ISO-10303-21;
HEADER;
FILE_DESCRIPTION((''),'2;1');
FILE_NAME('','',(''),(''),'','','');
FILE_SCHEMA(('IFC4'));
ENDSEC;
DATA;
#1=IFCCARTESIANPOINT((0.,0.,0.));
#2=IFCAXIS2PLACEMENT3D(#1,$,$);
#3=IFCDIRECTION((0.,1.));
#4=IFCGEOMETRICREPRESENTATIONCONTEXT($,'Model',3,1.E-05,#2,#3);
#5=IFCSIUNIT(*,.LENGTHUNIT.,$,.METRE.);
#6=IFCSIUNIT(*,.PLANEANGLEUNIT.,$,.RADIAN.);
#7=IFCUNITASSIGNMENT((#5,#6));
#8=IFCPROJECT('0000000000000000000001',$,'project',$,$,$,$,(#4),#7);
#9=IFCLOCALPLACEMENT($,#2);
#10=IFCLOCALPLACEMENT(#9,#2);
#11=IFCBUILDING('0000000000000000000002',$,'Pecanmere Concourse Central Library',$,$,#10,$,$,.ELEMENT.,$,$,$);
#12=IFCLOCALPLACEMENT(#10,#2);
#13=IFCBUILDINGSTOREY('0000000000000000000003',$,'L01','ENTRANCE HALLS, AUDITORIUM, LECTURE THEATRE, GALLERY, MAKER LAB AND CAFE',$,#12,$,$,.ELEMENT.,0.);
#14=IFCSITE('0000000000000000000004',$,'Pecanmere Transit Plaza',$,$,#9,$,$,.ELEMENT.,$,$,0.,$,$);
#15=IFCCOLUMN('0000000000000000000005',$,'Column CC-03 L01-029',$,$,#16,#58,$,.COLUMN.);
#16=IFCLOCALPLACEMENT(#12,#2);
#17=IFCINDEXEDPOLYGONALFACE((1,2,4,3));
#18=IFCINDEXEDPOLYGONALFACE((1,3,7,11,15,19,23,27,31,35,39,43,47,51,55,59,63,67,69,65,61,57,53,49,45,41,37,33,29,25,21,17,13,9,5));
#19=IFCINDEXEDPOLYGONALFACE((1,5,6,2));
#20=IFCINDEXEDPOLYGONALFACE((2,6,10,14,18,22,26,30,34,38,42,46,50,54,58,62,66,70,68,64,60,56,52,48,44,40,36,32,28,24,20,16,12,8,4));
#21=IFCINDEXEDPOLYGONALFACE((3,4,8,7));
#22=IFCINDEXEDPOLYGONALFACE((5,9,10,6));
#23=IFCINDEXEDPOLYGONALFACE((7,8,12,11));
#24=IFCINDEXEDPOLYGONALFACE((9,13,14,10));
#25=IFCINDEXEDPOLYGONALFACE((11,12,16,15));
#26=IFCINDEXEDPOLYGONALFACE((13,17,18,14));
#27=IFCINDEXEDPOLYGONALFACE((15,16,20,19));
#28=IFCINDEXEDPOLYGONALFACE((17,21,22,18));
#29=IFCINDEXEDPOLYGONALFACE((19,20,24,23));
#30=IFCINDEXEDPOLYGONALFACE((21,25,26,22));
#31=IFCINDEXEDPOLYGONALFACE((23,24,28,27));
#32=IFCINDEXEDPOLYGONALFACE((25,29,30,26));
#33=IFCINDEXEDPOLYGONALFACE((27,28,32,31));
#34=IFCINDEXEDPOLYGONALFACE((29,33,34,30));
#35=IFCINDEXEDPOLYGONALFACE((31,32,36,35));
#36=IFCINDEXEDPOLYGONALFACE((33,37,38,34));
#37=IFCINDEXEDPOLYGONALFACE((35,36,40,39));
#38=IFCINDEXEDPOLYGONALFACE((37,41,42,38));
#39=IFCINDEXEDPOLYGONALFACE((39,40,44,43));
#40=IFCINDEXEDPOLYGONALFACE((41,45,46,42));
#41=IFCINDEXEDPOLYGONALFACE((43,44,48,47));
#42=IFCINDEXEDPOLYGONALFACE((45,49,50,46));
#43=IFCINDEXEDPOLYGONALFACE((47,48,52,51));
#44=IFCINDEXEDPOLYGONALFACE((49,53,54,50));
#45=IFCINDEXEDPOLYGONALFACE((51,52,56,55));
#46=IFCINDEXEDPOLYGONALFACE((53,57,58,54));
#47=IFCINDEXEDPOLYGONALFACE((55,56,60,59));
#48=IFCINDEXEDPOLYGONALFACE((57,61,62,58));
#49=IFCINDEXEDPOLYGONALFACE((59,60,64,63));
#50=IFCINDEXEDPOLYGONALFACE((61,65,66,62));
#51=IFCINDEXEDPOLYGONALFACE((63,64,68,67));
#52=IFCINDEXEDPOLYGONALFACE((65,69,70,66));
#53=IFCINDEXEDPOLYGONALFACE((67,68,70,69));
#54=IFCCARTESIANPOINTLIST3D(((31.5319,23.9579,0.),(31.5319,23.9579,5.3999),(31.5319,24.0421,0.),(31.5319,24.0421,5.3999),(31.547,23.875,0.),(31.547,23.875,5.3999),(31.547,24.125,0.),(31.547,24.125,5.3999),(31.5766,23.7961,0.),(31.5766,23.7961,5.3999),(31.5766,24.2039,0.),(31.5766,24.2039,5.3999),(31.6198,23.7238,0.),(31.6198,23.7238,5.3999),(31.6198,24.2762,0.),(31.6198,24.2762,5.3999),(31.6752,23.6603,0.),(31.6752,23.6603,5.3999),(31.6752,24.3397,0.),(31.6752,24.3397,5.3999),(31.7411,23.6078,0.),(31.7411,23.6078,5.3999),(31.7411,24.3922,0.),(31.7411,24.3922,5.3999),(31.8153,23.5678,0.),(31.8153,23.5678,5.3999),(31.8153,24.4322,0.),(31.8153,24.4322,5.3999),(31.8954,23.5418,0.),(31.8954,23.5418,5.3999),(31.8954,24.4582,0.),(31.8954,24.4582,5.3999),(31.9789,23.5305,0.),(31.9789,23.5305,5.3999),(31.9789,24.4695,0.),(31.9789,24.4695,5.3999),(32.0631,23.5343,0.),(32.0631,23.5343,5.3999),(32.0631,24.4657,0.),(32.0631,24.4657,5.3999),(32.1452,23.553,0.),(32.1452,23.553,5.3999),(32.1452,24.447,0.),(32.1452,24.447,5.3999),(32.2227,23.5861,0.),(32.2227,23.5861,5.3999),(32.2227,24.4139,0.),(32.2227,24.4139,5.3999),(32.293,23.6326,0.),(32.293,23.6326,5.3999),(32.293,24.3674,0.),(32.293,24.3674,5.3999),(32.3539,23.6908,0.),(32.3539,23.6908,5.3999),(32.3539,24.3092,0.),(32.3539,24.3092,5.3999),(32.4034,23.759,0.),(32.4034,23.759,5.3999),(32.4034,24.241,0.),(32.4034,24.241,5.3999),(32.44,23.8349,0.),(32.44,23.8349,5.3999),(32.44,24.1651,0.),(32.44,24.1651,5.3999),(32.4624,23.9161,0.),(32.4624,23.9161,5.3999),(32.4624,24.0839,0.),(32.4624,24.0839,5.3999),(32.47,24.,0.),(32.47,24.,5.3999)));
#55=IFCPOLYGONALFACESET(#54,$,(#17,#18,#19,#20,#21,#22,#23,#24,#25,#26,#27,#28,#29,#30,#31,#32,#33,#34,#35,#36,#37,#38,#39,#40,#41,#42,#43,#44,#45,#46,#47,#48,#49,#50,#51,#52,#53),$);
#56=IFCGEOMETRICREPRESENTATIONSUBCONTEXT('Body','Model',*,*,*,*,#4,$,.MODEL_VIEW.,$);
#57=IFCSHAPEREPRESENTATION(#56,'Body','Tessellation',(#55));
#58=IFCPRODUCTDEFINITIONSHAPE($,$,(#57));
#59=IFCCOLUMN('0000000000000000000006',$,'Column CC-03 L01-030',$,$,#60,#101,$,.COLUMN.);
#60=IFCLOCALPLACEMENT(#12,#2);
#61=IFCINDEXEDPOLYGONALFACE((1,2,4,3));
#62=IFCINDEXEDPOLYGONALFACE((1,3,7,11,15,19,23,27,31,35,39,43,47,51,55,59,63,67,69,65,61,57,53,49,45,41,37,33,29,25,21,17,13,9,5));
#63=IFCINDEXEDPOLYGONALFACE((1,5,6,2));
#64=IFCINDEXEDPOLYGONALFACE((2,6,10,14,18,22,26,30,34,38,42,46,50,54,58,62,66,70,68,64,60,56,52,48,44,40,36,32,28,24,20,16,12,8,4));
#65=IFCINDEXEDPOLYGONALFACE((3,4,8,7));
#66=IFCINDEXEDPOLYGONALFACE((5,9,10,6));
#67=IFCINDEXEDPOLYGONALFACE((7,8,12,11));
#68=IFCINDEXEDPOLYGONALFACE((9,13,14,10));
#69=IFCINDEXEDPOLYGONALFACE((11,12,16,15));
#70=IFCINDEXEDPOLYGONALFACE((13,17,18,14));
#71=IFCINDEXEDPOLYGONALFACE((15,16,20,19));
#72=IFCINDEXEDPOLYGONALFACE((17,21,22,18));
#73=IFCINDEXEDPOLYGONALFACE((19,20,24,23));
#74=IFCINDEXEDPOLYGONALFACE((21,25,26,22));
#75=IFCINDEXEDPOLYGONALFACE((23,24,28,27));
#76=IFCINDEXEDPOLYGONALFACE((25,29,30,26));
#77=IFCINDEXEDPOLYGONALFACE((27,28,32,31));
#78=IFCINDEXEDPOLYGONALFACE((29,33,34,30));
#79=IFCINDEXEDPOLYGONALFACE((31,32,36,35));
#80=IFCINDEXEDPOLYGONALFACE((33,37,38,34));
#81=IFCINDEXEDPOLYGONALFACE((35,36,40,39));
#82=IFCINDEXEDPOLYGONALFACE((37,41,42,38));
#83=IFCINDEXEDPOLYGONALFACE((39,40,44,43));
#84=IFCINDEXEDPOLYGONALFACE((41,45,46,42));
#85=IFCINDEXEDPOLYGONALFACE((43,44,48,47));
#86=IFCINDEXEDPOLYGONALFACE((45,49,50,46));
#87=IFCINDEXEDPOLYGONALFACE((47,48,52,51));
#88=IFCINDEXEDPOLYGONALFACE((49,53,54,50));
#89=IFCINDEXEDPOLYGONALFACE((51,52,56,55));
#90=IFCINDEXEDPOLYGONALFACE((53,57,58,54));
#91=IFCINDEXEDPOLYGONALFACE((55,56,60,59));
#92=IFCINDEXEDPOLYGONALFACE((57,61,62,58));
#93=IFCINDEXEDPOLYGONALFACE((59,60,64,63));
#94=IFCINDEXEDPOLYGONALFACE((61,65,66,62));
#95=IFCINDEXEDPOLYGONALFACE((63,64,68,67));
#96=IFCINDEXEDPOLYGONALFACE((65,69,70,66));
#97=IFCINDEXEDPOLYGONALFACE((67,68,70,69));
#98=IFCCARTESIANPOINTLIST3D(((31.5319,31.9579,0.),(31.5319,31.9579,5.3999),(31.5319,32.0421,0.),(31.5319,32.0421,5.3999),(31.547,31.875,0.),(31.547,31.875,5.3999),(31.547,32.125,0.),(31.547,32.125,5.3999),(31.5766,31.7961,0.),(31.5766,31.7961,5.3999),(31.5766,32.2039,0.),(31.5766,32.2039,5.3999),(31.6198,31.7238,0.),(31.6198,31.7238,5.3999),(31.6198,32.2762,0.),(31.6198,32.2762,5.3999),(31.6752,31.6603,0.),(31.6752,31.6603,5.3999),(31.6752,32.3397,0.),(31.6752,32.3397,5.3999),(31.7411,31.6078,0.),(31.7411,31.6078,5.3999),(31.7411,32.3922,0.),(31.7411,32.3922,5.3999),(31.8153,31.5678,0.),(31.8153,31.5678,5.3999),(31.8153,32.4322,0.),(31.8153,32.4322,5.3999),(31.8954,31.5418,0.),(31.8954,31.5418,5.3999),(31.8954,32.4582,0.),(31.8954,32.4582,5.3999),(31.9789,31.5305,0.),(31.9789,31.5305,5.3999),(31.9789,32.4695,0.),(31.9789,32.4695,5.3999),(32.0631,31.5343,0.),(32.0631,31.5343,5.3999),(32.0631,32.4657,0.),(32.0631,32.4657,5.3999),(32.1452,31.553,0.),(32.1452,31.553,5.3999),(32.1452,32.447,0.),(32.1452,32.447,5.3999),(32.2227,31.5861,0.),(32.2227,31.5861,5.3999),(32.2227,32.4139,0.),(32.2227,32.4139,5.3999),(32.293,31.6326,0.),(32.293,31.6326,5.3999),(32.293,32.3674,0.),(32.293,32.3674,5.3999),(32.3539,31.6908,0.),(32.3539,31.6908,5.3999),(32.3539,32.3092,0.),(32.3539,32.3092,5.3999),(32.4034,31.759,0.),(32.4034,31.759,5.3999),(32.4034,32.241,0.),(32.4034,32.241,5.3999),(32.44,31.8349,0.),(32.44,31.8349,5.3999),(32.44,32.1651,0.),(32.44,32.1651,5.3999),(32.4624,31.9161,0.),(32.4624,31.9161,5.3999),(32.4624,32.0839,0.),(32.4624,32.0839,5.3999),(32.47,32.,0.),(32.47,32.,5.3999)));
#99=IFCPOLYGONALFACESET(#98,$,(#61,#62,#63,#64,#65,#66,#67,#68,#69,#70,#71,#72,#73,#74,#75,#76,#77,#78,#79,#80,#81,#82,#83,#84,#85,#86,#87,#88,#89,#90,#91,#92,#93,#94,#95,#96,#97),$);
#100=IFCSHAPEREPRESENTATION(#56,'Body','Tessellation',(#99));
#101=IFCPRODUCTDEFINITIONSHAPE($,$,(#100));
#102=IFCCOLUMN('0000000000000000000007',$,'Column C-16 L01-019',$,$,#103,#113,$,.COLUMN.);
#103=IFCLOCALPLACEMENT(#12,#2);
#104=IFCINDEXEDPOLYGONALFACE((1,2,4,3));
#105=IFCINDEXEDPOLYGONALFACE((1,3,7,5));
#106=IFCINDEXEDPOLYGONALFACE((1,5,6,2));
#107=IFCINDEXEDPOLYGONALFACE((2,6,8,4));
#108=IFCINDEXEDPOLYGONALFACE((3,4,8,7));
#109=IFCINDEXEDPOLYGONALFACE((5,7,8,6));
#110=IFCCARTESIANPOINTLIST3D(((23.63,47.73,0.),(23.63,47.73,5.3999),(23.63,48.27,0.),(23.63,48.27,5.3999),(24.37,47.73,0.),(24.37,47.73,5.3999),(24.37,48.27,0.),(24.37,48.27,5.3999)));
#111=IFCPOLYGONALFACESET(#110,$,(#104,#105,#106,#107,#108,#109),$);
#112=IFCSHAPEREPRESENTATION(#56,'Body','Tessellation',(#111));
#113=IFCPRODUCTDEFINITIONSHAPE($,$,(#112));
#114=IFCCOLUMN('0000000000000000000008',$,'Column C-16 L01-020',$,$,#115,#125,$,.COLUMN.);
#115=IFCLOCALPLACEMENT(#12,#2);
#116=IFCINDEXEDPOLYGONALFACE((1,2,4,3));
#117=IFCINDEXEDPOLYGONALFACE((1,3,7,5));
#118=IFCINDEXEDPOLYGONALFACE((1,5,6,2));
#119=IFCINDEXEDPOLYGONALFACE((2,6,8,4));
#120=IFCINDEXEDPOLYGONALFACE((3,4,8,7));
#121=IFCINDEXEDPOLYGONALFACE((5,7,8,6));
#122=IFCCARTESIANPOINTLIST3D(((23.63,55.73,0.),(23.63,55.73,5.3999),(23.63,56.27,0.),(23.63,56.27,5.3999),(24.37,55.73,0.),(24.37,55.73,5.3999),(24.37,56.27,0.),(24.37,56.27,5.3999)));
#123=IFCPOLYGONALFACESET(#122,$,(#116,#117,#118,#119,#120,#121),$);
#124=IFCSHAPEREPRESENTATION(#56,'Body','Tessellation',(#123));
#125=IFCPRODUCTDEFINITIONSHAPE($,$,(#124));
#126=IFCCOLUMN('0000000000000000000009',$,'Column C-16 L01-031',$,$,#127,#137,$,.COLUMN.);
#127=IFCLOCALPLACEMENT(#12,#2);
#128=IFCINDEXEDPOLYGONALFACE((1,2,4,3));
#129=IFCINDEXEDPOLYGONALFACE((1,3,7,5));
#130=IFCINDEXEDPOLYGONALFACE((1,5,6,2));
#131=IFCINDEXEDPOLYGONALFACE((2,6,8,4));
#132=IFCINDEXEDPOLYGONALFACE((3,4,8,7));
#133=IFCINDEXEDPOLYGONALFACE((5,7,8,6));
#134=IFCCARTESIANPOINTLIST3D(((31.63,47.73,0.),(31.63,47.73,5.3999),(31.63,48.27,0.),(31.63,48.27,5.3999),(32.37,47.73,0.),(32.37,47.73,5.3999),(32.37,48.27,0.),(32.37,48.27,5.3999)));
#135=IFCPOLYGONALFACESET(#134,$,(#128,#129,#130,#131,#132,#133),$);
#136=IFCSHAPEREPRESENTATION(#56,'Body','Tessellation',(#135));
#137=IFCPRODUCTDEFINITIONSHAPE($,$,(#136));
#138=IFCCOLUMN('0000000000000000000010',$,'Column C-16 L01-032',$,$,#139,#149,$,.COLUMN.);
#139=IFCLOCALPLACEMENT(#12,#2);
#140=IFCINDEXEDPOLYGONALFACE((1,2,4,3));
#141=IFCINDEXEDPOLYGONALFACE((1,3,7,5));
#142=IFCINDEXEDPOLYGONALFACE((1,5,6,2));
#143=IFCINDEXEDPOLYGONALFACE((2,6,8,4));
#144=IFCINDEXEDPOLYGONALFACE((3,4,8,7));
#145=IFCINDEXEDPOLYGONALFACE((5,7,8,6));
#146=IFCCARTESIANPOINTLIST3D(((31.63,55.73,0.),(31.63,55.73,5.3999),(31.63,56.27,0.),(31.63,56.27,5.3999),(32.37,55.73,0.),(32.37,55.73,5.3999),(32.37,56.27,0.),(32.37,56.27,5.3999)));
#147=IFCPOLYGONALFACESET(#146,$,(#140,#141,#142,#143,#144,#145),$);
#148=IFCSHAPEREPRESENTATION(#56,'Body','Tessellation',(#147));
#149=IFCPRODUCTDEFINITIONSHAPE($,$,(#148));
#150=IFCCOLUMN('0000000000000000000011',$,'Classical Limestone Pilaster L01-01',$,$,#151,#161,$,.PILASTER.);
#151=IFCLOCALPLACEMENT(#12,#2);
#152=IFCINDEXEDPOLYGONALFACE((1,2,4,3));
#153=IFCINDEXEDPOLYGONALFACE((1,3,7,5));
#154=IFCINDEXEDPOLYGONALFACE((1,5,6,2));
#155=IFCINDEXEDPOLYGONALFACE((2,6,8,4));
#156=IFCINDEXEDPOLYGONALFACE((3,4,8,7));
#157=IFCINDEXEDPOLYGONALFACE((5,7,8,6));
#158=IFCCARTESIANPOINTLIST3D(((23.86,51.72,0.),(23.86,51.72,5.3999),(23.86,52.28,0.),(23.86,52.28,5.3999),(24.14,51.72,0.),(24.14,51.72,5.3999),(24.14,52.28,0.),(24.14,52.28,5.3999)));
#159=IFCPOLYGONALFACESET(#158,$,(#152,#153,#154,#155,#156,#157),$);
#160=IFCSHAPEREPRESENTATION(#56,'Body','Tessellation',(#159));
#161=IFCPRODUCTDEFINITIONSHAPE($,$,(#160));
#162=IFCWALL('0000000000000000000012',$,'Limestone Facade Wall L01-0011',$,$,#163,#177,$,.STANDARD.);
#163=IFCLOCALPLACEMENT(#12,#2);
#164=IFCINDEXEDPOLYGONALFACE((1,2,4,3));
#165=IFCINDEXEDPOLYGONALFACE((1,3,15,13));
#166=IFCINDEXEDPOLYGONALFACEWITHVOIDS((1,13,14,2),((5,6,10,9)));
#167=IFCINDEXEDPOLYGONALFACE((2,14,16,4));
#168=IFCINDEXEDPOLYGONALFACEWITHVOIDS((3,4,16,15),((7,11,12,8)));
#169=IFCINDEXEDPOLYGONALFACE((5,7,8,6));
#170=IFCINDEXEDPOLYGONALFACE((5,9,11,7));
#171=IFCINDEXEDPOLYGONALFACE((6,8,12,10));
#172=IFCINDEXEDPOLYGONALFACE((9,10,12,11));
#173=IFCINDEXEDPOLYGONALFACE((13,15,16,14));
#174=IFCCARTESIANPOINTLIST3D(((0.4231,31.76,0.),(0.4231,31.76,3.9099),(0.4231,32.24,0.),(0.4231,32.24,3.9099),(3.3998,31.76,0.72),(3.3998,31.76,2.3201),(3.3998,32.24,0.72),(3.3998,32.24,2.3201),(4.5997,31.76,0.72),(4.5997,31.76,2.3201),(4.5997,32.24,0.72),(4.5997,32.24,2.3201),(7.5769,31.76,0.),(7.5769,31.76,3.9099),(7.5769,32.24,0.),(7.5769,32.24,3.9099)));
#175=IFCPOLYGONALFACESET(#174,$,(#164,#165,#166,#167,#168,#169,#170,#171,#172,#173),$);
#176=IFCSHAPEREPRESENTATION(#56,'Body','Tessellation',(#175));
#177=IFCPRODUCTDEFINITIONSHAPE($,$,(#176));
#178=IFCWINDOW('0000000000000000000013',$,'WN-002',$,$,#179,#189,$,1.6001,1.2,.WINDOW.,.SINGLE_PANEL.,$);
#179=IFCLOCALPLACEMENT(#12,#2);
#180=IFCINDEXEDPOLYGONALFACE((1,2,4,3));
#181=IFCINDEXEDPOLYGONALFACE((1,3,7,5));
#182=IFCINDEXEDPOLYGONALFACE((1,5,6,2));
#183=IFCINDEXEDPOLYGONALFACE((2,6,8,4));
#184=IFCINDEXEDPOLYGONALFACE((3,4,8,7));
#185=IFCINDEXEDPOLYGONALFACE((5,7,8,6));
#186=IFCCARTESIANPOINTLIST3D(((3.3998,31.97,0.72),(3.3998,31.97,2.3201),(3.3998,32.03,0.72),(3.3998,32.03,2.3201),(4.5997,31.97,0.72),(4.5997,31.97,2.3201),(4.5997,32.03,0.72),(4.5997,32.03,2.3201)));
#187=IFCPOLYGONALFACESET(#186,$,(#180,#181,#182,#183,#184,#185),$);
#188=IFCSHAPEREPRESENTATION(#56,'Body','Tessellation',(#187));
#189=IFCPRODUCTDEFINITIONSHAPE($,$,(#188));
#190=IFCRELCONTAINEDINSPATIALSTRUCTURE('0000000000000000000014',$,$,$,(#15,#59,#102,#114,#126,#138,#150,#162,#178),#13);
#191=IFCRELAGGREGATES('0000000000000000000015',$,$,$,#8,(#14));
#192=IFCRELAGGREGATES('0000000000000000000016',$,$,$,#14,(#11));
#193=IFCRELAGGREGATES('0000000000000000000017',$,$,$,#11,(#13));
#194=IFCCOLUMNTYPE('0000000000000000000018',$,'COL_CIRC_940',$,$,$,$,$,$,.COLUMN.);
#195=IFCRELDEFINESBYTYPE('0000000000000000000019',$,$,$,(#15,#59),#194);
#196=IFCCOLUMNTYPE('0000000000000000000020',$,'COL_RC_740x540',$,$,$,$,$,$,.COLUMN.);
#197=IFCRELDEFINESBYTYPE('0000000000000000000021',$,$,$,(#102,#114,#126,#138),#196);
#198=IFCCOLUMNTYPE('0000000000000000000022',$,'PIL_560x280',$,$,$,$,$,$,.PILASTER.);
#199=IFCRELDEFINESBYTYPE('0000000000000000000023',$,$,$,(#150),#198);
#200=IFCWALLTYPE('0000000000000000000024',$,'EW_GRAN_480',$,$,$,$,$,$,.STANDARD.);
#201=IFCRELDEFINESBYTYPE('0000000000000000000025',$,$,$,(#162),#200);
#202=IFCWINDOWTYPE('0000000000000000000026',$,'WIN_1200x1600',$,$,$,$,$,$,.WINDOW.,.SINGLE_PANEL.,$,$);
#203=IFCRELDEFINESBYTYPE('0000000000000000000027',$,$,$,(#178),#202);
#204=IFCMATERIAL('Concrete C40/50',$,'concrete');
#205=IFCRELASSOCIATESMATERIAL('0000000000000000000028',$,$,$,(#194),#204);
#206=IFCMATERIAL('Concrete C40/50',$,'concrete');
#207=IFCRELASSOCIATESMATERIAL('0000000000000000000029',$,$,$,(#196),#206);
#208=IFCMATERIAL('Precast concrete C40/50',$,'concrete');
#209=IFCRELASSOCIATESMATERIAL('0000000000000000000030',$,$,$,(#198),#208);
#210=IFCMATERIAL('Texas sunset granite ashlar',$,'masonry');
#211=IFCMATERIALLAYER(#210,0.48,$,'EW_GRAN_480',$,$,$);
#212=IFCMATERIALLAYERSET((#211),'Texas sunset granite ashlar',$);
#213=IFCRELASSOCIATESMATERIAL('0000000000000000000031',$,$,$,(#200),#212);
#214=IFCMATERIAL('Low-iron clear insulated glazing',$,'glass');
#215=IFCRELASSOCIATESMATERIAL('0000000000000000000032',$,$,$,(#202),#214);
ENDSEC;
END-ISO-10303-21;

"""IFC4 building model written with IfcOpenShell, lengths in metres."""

from ifc_helpers import new_model, si_unit, direction, frame, frame_2d, origin, origin_2d, place, context, subcontext, project, spatial, rectangle, circle, extrude, material, layer, layer_set, material_profile, profile_set, type_object, element, fill, save


model = new_model("IFC4")

# Units and contexts
model_context = context("Model", 3, precision=1e-05, world=origin(), true_north=direction((0.0, 1.0)))
body_context = subcontext(model_context, "Body", "Model", "MODEL_VIEW")
ifc_project = project(units=[si_unit("LENGTHUNIT", "METRE"), si_unit("PLANEANGLEUNIT", "RADIAN")], contexts=[model_context])

# Site, building, storey
site_placement = place(None, origin())
site = spatial("IfcSite", under=ifc_project, at=site_placement, Name="Pecanmere Transit Plaza", CompositionType="ELEMENT", RefElevation=0.0)
building_placement = place(site_placement, origin())
building = spatial("IfcBuilding", under=site, at=building_placement, Name="Pecanmere Concourse Central Library", CompositionType="ELEMENT")
storey_placement = place(building_placement, origin())
storey = spatial("IfcBuildingStorey", under=building, at=storey_placement, Name="L01", Description="ENTRANCE HALLS, AUDITORIUM, LECTURE THEATRE, GALLERY, MAKER LAB AND CAFE", CompositionType="ELEMENT", Elevation=0.0)

# Columns
ifc_material_1 = material(Name="Concrete C40/50", Category="concrete")
ifc_material_profile_1 = material_profile(ifc_material_1, circle(Radius=0.47, at=origin_2d()), Name="RC D940")
ifc_profile_set_1 = profile_set([ifc_material_profile_1], Name="Concrete C40/50")
column_type_1 = type_object("IfcColumnType", Name="COL_CIRC_940", PredefinedType="COLUMN", material=ifc_profile_set_1)
for number, where, z_axis, x_axis, name in (
    (1, (32.0, 24.0, 0.0), (0.0, 0.0, 1.0), (1.0, 0.0, 0.0), "Column CC-03 L01-029"),
    (2, (32.0, 32.0, 0.0), (0.0, 0.0, 1.0), (1.0, 0.0, 0.0), "Column CC-03 L01-030"),
):
    element("IfcColumn", number, at=place(storey_placement, frame(where, z_axis=z_axis, x_axis=x_axis)), inside=storey, type_object=column_type_1, Name=name, PredefinedType="COLUMN", context=body_context, shape_type="SweptSolid", body=[
        extrude(circle(Radius=0.47, at=origin_2d()), origin(), (0.0, 0.0, 1.0), 5.3999),
    ])
ifc_material_2 = material(Name="Concrete C40/50", Category="concrete")
ifc_material_profile_2 = material_profile(ifc_material_2, rectangle(XDim=0.74, YDim=0.54, at=origin_2d()), Name="RC 740x540")
ifc_profile_set_2 = profile_set([ifc_material_profile_2], Name="Concrete C40/50")
column_type_2 = type_object("IfcColumnType", Name="COL_RC_740x540", PredefinedType="COLUMN", material=ifc_profile_set_2)
for number, where, z_axis, x_axis, name in (
    (3, (24.0, 48.0, 0.0), (0.0, 0.0, 1.0), (1.0, 0.0, 0.0), "Column C-16 L01-019"),
    (4, (24.0, 56.0, 0.0), (0.0, 0.0, 1.0), (1.0, 0.0, 0.0), "Column C-16 L01-020"),
    (5, (32.0, 48.0, 0.0), (0.0, 0.0, 1.0), (1.0, 0.0, 0.0), "Column C-16 L01-031"),
    (6, (32.0, 56.0, 0.0), (0.0, 0.0, 1.0), (1.0, 0.0, 0.0), "Column C-16 L01-032"),
):
    element("IfcColumn", number, at=place(storey_placement, frame(where, z_axis=z_axis, x_axis=x_axis)), inside=storey, type_object=column_type_2, Name=name, PredefinedType="COLUMN", context=body_context, shape_type="SweptSolid", body=[
        extrude(rectangle(XDim=0.74, YDim=0.54, at=origin_2d()), origin(), (0.0, 0.0, 1.0), 5.3999),
    ])
ifc_material_3 = material(Name="Precast concrete C40/50", Category="concrete")
ifc_material_profile_3 = material_profile(ifc_material_3, rectangle(XDim=0.5601, YDim=0.28, at=origin_2d()), Name="RC 560x280")
ifc_profile_set_3 = profile_set([ifc_material_profile_3], Name="Precast concrete C40/50")
column_type_3 = type_object("IfcColumnType", Name="PIL_560x280", PredefinedType="PILASTER", material=ifc_profile_set_3)
column_placement = place(storey_placement, frame((24.0, 52.0, 0.0), z_axis=(0.0, 0.0, 1.0), x_axis=(0.0, 1.0, 0.0)))
element("IfcColumn", 7, at=column_placement, inside=storey, type_object=column_type_3, Name="Classical Limestone Pilaster L01-01", PredefinedType="PILASTER", context=body_context, shape_type="SweptSolid", body=[
    extrude(rectangle(XDim=0.5601, YDim=0.28, at=origin_2d()), origin(), (0.0, 0.0, 1.0), 5.3999),
])

# Wall, opening, window
ifc_material_4 = material(Name="Texas sunset granite ashlar", Category="masonry")
ifc_layer_1 = layer(ifc_material_4, 0.48, Name="EW_GRAN_480")
ifc_layer_set_1 = layer_set([ifc_layer_1], Name="Texas sunset granite ashlar")
wall_type_1 = type_object("IfcWallType", Name="EW_GRAN_480", PredefinedType="STANDARD", material=ifc_layer_set_1)
wall_1_placement = place(storey_placement, frame((7.5769, 32.0, 0.0), z_axis=(0.0, 0.0, 1.0), x_axis=(-1.0, 0.0, 0.0)))
wall_1 = element("IfcWall", 8, at=wall_1_placement, inside=storey, type_object=wall_type_1, Name="Limestone Facade Wall L01-0011", PredefinedType="STANDARD", context=body_context, shape_type="SweptSolid", body=[
    extrude(rectangle(XDim=7.1538, YDim=0.48, at=frame_2d((3.5769, 0.0))), origin(), (0.0, 0.0, 1.0), 3.9099),
])
opening_1_placement = place(wall_1_placement, frame((2.9771, 0.0, 0.72)))
opening_1 = element("IfcOpeningElement", 9, at=opening_1_placement, cuts=wall_1, PredefinedType="OPENING", context=body_context, shape_type="SweptSolid", body=[
    extrude(rectangle(XDim=1.2, YDim=1.6001, at=frame_2d((0.6001, 0.8))), frame((0.0, 0.252, 0.0), z_axis=(0.0, -1.0, 0.0), x_axis=(1.0, 0.0, 0.0)), (0.0, 0.0, 1.0), 0.5039),
])
ifc_material_5 = material(Name="Low-iron clear insulated glazing", Category="glass")
window_type_1 = type_object("IfcWindowType", Name="WIN_1200x1600", PartitioningType="SINGLE_PANEL", PredefinedType="WINDOW", material=ifc_material_5)
window_1_placement = place(opening_1_placement, origin())
window_1 = element("IfcWindow", 10, at=window_1_placement, inside=storey, type_object=window_type_1, Name="WN-002", OverallHeight=1.6001, OverallWidth=1.2, PartitioningType="SINGLE_PANEL", PredefinedType="WINDOW", context=body_context, shape_type="SweptSolid", body=[
    extrude(rectangle(XDim=1.2, YDim=1.6001, at=frame_2d((0.6001, 0.8))), frame((0.0, 0.03, 0.0), z_axis=(0.0, -1.0, 0.0), x_axis=(1.0, 0.0, 0.0)), (0.0, 0.0, 1.0), 0.0601),
])
fill(opening_1, window_1)

save(model, "model.ifc")
